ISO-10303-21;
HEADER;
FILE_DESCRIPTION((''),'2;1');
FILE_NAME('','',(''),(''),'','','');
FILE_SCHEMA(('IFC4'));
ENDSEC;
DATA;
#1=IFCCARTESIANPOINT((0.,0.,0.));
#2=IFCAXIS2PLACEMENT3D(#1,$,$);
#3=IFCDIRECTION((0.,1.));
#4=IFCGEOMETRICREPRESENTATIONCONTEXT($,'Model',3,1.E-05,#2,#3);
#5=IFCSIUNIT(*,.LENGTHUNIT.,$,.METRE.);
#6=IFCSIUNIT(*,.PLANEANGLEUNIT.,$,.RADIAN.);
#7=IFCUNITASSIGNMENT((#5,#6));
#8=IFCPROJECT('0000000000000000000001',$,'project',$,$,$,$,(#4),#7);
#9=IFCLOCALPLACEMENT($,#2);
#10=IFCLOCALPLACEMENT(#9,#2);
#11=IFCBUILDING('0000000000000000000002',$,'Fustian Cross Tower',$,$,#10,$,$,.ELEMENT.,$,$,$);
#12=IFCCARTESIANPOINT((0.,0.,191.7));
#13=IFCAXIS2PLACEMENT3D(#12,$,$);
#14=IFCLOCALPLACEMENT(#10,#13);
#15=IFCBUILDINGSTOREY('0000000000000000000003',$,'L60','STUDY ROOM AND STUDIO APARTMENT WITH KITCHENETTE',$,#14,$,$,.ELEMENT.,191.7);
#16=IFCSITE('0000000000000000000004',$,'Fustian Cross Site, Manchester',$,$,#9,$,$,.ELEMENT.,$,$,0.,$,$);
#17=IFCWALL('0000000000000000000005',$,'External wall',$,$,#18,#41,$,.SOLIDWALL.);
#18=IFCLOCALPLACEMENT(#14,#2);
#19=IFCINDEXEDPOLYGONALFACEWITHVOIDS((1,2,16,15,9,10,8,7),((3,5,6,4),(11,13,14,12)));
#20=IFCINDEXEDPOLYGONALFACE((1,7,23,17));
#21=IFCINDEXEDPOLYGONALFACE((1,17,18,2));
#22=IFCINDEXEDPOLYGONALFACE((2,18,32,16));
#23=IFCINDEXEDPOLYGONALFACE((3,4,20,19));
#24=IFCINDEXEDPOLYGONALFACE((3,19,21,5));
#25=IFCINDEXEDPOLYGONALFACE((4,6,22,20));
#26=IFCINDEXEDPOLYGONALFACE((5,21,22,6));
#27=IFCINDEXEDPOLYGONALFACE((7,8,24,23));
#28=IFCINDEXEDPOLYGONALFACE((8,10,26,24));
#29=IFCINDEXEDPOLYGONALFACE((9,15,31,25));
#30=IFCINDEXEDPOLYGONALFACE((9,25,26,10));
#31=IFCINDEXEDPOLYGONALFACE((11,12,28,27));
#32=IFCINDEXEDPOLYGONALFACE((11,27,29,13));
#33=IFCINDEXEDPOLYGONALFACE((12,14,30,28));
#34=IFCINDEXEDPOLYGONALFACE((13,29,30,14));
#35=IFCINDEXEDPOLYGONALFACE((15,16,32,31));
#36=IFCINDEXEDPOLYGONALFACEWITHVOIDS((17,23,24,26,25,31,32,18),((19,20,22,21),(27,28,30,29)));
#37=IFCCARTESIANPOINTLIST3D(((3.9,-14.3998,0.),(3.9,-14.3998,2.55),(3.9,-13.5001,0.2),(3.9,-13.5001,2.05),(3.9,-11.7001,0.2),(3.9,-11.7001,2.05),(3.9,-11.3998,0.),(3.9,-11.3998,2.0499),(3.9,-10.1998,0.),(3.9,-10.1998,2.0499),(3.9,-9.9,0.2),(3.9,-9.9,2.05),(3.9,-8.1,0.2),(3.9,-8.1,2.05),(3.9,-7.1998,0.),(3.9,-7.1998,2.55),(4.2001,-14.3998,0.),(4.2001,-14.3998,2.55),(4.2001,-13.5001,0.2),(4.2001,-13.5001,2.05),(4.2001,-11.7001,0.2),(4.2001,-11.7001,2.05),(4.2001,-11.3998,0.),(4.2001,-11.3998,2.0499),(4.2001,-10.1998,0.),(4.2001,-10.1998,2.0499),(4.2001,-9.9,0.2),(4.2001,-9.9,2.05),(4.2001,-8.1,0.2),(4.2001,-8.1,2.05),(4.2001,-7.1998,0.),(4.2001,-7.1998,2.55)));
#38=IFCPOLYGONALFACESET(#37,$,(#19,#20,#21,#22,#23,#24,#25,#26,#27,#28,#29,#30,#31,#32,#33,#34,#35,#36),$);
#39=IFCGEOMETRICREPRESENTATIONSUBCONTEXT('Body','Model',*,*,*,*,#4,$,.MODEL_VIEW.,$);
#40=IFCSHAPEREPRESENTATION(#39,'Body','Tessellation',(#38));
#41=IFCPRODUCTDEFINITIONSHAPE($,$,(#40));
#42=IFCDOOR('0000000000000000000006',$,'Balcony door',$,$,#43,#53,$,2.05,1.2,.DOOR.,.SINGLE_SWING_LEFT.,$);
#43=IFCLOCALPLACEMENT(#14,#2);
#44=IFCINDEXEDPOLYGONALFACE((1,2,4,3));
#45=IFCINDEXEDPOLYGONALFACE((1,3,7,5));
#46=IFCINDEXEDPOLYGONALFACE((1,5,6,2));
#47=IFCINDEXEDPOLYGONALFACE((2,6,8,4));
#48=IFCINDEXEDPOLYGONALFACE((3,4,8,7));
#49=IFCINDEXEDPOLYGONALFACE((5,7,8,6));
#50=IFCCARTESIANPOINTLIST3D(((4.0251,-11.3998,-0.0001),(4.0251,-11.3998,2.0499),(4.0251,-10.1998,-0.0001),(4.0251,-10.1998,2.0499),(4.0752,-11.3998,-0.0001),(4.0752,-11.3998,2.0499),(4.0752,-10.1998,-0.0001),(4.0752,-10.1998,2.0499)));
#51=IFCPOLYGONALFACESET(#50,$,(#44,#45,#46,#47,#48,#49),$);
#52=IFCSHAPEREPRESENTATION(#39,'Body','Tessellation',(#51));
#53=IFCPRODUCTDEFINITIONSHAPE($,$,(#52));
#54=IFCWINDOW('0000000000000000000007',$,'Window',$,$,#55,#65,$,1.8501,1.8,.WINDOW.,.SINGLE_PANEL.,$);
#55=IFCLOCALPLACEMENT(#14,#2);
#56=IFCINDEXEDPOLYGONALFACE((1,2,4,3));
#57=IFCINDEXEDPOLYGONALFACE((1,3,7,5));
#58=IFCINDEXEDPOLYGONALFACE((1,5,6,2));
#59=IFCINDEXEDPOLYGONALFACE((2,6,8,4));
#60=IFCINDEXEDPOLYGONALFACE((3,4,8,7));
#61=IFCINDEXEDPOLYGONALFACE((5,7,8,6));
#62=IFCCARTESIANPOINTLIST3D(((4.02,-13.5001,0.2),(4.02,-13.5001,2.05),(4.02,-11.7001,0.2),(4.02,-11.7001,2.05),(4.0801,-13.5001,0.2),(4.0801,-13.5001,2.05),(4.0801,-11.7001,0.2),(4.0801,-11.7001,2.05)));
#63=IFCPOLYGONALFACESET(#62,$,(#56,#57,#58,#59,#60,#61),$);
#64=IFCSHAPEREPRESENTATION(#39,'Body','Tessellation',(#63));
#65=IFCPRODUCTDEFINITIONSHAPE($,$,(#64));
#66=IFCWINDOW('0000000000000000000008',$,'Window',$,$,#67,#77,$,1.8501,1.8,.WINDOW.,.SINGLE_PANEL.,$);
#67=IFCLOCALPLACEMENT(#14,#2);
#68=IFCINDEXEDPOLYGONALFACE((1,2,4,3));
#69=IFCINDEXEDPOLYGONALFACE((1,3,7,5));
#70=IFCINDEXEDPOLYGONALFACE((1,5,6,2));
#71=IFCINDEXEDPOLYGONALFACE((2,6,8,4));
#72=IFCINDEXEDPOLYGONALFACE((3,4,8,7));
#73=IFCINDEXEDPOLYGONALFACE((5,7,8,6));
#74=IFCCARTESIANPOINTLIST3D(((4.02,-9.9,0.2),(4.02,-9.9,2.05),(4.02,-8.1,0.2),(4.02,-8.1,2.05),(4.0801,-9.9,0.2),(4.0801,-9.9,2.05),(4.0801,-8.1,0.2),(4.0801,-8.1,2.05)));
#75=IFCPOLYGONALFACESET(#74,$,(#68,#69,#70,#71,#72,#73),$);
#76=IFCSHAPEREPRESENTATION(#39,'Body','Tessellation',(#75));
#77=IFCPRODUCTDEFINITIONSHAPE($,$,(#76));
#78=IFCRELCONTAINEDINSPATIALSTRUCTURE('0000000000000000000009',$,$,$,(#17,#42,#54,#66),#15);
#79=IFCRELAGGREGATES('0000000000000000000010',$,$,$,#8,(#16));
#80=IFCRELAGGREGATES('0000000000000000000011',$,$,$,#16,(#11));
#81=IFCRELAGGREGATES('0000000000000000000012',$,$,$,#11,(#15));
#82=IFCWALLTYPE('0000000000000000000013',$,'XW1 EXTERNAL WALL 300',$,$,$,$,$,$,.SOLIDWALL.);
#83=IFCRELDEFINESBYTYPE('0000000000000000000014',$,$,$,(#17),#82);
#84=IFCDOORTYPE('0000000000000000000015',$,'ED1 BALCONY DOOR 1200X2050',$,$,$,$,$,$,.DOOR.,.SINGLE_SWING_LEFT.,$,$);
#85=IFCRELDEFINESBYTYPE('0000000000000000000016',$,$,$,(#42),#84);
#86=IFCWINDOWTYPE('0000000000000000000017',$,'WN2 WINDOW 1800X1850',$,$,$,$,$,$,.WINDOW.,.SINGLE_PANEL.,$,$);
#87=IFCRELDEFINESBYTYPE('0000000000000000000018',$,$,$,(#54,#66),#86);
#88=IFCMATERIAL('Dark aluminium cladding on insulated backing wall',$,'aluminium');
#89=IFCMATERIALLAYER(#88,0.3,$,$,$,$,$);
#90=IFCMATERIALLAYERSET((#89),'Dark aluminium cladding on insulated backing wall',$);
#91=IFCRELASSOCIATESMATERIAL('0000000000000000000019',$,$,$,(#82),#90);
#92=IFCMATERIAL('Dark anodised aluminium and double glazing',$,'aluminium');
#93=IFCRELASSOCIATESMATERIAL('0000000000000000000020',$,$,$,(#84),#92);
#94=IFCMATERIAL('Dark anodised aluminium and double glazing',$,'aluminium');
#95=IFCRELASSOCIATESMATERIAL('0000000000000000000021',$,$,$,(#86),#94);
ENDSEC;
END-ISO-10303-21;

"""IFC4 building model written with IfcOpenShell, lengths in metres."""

from ifc_helpers import new_model, si_unit, direction, frame, frame_2d, origin, place, context, subcontext, project, spatial, rectangle, extrude, material, layer, layer_set, type_object, element, fill, save


model = new_model("IFC4")

# Units and contexts
model_context = context("Model", 3, precision=1e-05, world=origin(), true_north=direction((0.0, 1.0)))
body_context = subcontext(model_context, "Body", "Model", "MODEL_VIEW")
ifc_project = project(units=[si_unit("LENGTHUNIT", "METRE"), si_unit("PLANEANGLEUNIT", "RADIAN")], contexts=[model_context])

# Site, building, storey
site_placement = place(None, origin())
site = spatial("IfcSite", under=ifc_project, at=site_placement, Name="Fustian Cross Site, Manchester", CompositionType="ELEMENT", RefElevation=0.0)
building_placement = place(site_placement, origin())
building = spatial("IfcBuilding", under=site, at=building_placement, Name="Fustian Cross Tower", CompositionType="ELEMENT")
storey_placement = place(building_placement, frame((0.0, 0.0, 191.7)))
storey = spatial("IfcBuildingStorey", under=building, at=storey_placement, Name="L60", Description="STUDY ROOM AND STUDIO APARTMENT WITH KITCHENETTE", CompositionType="ELEMENT", Elevation=191.7)

# Shared definitions
ifc_material_1 = material(Name="Dark aluminium cladding on insulated backing wall", Category="aluminium")
ifc_layer_1 = layer(ifc_material_1, 0.3)
ifc_layer_set_1 = layer_set([ifc_layer_1], Name="Dark aluminium cladding on insulated backing wall")
wall_type_1 = type_object("IfcWallType", Name="XW1 EXTERNAL WALL 300", PredefinedType="SOLIDWALL", material=ifc_layer_set_1)

# Wall, openings, door, windows
wall_1_placement = place(storey_placement, frame((4.05, -14.3999, 0.0), z_axis=(0.0, 0.0, 1.0), x_axis=(0.0, 1.0, 0.0)))
wall_1 = element("IfcWall", 1, at=wall_1_placement, inside=storey, type_object=wall_type_1, Name="External wall", PredefinedType="SOLIDWALL", context=body_context, shape_type="SweptSolid", body=[
    extrude(rectangle(XDim=7.2, YDim=0.3, at=frame_2d((3.6001, 0.0))), origin(), (0.0, 0.0, 1.0), 2.55),
])
opening_1_placement = place(wall_1_placement, frame((3.0, 0.0, 0.0)))
opening_1 = element("IfcOpeningElement", 2, at=opening_1_placement, cuts=wall_1, PredefinedType="OPENING", context=body_context, shape_type="SweptSolid", body=[
    extrude(rectangle(XDim=1.2, YDim=2.05, at=frame_2d((0.6001, 1.0249))), frame((0.0, 0.1599, 0.0), z_axis=(0.0, -1.0, 0.0), x_axis=(1.0, 0.0, 0.0)), (0.0, 0.0, 1.0), 0.3201),
])
opening_2_placement = place(wall_1_placement, frame((0.8999, 0.0, 0.2)))
opening_2 = element("IfcOpeningElement", 3, at=opening_2_placement, cuts=wall_1, PredefinedType="OPENING", context=body_context, shape_type="SweptSolid", body=[
    extrude(rectangle(XDim=1.8, YDim=1.8501, at=frame_2d((0.8999, 0.925))), frame((0.0, 0.1599, 0.0), z_axis=(0.0, -1.0, 0.0), x_axis=(1.0, 0.0, 0.0)), (0.0, 0.0, 1.0), 0.3201),
])
opening_3_placement = place(wall_1_placement, frame((4.5, 0.0, 0.2)))
opening_3 = element("IfcOpeningElement", 4, at=opening_3_placement, cuts=wall_1, PredefinedType="OPENING", context=body_context, shape_type="SweptSolid", body=[
    extrude(rectangle(XDim=1.8, YDim=1.8501, at=frame_2d((0.8999, 0.925))), frame((0.0, 0.1599, 0.0), z_axis=(0.0, -1.0, 0.0), x_axis=(1.0, 0.0, 0.0)), (0.0, 0.0, 1.0), 0.3201),
])
ifc_material_2 = material(Name="Dark anodised aluminium and double glazing", Category="aluminium")
door_type_1 = type_object("IfcDoorType", Name="ED1 BALCONY DOOR 1200X2050", OperationType="SINGLE_SWING_LEFT", PredefinedType="DOOR", material=ifc_material_2)
door_1_placement = place(opening_1_placement, origin())
door_1 = element("IfcDoor", 5, at=door_1_placement, inside=storey, type_object=door_type_1, Name="Balcony door", OperationType="SINGLE_SWING_LEFT", OverallHeight=2.05, OverallWidth=1.2, PredefinedType="DOOR", context=body_context, shape_type="SweptSolid", body=[
    extrude(rectangle(XDim=1.2, YDim=2.05, at=frame_2d((0.6001, 1.0249))), frame((0.0, 0.0249, 0.0), z_axis=(0.0, -1.0, 0.0), x_axis=(1.0, 0.0, 0.0)), (0.0, 0.0, 1.0), 0.05),
])
fill(opening_1, door_1)
ifc_material_3 = material(Name="Dark anodised aluminium and double glazing", Category="aluminium")
window_type = type_object("IfcWindowType", Name="WN2 WINDOW 1800X1850", PartitioningType="SINGLE_PANEL", PredefinedType="WINDOW", material=ifc_material_3)
window_1_placement = place(opening_2_placement, origin())
window_1 = element("IfcWindow", 6, at=window_1_placement, inside=storey, type_object=window_type, Name="Window", OverallHeight=1.8501, OverallWidth=1.8, PartitioningType="SINGLE_PANEL", PredefinedType="WINDOW", context=body_context, shape_type="SweptSolid", body=[
    extrude(rectangle(XDim=1.8, YDim=1.8501, at=frame_2d((0.8999, 0.925))), frame((0.0, 0.03, 0.0), z_axis=(0.0, -1.0, 0.0), x_axis=(1.0, 0.0, 0.0)), (0.0, 0.0, 1.0), 0.0601),
])
fill(opening_2, window_1)
window_2_placement = place(opening_3_placement, origin())
window_2 = element("IfcWindow", 7, at=window_2_placement, inside=storey, type_object=window_type, Name="Window", OverallHeight=1.8501, OverallWidth=1.8, PartitioningType="SINGLE_PANEL", PredefinedType="WINDOW", context=body_context, shape_type="SweptSolid", body=[
    extrude(rectangle(XDim=1.8, YDim=1.8501, at=frame_2d((0.8999, 0.925))), frame((0.0, 0.03, 0.0), z_axis=(0.0, -1.0, 0.0), x_axis=(1.0, 0.0, 0.0)), (0.0, 0.0, 1.0), 0.0601),
])
fill(opening_3, window_2)

save(model, "model.ifc")
